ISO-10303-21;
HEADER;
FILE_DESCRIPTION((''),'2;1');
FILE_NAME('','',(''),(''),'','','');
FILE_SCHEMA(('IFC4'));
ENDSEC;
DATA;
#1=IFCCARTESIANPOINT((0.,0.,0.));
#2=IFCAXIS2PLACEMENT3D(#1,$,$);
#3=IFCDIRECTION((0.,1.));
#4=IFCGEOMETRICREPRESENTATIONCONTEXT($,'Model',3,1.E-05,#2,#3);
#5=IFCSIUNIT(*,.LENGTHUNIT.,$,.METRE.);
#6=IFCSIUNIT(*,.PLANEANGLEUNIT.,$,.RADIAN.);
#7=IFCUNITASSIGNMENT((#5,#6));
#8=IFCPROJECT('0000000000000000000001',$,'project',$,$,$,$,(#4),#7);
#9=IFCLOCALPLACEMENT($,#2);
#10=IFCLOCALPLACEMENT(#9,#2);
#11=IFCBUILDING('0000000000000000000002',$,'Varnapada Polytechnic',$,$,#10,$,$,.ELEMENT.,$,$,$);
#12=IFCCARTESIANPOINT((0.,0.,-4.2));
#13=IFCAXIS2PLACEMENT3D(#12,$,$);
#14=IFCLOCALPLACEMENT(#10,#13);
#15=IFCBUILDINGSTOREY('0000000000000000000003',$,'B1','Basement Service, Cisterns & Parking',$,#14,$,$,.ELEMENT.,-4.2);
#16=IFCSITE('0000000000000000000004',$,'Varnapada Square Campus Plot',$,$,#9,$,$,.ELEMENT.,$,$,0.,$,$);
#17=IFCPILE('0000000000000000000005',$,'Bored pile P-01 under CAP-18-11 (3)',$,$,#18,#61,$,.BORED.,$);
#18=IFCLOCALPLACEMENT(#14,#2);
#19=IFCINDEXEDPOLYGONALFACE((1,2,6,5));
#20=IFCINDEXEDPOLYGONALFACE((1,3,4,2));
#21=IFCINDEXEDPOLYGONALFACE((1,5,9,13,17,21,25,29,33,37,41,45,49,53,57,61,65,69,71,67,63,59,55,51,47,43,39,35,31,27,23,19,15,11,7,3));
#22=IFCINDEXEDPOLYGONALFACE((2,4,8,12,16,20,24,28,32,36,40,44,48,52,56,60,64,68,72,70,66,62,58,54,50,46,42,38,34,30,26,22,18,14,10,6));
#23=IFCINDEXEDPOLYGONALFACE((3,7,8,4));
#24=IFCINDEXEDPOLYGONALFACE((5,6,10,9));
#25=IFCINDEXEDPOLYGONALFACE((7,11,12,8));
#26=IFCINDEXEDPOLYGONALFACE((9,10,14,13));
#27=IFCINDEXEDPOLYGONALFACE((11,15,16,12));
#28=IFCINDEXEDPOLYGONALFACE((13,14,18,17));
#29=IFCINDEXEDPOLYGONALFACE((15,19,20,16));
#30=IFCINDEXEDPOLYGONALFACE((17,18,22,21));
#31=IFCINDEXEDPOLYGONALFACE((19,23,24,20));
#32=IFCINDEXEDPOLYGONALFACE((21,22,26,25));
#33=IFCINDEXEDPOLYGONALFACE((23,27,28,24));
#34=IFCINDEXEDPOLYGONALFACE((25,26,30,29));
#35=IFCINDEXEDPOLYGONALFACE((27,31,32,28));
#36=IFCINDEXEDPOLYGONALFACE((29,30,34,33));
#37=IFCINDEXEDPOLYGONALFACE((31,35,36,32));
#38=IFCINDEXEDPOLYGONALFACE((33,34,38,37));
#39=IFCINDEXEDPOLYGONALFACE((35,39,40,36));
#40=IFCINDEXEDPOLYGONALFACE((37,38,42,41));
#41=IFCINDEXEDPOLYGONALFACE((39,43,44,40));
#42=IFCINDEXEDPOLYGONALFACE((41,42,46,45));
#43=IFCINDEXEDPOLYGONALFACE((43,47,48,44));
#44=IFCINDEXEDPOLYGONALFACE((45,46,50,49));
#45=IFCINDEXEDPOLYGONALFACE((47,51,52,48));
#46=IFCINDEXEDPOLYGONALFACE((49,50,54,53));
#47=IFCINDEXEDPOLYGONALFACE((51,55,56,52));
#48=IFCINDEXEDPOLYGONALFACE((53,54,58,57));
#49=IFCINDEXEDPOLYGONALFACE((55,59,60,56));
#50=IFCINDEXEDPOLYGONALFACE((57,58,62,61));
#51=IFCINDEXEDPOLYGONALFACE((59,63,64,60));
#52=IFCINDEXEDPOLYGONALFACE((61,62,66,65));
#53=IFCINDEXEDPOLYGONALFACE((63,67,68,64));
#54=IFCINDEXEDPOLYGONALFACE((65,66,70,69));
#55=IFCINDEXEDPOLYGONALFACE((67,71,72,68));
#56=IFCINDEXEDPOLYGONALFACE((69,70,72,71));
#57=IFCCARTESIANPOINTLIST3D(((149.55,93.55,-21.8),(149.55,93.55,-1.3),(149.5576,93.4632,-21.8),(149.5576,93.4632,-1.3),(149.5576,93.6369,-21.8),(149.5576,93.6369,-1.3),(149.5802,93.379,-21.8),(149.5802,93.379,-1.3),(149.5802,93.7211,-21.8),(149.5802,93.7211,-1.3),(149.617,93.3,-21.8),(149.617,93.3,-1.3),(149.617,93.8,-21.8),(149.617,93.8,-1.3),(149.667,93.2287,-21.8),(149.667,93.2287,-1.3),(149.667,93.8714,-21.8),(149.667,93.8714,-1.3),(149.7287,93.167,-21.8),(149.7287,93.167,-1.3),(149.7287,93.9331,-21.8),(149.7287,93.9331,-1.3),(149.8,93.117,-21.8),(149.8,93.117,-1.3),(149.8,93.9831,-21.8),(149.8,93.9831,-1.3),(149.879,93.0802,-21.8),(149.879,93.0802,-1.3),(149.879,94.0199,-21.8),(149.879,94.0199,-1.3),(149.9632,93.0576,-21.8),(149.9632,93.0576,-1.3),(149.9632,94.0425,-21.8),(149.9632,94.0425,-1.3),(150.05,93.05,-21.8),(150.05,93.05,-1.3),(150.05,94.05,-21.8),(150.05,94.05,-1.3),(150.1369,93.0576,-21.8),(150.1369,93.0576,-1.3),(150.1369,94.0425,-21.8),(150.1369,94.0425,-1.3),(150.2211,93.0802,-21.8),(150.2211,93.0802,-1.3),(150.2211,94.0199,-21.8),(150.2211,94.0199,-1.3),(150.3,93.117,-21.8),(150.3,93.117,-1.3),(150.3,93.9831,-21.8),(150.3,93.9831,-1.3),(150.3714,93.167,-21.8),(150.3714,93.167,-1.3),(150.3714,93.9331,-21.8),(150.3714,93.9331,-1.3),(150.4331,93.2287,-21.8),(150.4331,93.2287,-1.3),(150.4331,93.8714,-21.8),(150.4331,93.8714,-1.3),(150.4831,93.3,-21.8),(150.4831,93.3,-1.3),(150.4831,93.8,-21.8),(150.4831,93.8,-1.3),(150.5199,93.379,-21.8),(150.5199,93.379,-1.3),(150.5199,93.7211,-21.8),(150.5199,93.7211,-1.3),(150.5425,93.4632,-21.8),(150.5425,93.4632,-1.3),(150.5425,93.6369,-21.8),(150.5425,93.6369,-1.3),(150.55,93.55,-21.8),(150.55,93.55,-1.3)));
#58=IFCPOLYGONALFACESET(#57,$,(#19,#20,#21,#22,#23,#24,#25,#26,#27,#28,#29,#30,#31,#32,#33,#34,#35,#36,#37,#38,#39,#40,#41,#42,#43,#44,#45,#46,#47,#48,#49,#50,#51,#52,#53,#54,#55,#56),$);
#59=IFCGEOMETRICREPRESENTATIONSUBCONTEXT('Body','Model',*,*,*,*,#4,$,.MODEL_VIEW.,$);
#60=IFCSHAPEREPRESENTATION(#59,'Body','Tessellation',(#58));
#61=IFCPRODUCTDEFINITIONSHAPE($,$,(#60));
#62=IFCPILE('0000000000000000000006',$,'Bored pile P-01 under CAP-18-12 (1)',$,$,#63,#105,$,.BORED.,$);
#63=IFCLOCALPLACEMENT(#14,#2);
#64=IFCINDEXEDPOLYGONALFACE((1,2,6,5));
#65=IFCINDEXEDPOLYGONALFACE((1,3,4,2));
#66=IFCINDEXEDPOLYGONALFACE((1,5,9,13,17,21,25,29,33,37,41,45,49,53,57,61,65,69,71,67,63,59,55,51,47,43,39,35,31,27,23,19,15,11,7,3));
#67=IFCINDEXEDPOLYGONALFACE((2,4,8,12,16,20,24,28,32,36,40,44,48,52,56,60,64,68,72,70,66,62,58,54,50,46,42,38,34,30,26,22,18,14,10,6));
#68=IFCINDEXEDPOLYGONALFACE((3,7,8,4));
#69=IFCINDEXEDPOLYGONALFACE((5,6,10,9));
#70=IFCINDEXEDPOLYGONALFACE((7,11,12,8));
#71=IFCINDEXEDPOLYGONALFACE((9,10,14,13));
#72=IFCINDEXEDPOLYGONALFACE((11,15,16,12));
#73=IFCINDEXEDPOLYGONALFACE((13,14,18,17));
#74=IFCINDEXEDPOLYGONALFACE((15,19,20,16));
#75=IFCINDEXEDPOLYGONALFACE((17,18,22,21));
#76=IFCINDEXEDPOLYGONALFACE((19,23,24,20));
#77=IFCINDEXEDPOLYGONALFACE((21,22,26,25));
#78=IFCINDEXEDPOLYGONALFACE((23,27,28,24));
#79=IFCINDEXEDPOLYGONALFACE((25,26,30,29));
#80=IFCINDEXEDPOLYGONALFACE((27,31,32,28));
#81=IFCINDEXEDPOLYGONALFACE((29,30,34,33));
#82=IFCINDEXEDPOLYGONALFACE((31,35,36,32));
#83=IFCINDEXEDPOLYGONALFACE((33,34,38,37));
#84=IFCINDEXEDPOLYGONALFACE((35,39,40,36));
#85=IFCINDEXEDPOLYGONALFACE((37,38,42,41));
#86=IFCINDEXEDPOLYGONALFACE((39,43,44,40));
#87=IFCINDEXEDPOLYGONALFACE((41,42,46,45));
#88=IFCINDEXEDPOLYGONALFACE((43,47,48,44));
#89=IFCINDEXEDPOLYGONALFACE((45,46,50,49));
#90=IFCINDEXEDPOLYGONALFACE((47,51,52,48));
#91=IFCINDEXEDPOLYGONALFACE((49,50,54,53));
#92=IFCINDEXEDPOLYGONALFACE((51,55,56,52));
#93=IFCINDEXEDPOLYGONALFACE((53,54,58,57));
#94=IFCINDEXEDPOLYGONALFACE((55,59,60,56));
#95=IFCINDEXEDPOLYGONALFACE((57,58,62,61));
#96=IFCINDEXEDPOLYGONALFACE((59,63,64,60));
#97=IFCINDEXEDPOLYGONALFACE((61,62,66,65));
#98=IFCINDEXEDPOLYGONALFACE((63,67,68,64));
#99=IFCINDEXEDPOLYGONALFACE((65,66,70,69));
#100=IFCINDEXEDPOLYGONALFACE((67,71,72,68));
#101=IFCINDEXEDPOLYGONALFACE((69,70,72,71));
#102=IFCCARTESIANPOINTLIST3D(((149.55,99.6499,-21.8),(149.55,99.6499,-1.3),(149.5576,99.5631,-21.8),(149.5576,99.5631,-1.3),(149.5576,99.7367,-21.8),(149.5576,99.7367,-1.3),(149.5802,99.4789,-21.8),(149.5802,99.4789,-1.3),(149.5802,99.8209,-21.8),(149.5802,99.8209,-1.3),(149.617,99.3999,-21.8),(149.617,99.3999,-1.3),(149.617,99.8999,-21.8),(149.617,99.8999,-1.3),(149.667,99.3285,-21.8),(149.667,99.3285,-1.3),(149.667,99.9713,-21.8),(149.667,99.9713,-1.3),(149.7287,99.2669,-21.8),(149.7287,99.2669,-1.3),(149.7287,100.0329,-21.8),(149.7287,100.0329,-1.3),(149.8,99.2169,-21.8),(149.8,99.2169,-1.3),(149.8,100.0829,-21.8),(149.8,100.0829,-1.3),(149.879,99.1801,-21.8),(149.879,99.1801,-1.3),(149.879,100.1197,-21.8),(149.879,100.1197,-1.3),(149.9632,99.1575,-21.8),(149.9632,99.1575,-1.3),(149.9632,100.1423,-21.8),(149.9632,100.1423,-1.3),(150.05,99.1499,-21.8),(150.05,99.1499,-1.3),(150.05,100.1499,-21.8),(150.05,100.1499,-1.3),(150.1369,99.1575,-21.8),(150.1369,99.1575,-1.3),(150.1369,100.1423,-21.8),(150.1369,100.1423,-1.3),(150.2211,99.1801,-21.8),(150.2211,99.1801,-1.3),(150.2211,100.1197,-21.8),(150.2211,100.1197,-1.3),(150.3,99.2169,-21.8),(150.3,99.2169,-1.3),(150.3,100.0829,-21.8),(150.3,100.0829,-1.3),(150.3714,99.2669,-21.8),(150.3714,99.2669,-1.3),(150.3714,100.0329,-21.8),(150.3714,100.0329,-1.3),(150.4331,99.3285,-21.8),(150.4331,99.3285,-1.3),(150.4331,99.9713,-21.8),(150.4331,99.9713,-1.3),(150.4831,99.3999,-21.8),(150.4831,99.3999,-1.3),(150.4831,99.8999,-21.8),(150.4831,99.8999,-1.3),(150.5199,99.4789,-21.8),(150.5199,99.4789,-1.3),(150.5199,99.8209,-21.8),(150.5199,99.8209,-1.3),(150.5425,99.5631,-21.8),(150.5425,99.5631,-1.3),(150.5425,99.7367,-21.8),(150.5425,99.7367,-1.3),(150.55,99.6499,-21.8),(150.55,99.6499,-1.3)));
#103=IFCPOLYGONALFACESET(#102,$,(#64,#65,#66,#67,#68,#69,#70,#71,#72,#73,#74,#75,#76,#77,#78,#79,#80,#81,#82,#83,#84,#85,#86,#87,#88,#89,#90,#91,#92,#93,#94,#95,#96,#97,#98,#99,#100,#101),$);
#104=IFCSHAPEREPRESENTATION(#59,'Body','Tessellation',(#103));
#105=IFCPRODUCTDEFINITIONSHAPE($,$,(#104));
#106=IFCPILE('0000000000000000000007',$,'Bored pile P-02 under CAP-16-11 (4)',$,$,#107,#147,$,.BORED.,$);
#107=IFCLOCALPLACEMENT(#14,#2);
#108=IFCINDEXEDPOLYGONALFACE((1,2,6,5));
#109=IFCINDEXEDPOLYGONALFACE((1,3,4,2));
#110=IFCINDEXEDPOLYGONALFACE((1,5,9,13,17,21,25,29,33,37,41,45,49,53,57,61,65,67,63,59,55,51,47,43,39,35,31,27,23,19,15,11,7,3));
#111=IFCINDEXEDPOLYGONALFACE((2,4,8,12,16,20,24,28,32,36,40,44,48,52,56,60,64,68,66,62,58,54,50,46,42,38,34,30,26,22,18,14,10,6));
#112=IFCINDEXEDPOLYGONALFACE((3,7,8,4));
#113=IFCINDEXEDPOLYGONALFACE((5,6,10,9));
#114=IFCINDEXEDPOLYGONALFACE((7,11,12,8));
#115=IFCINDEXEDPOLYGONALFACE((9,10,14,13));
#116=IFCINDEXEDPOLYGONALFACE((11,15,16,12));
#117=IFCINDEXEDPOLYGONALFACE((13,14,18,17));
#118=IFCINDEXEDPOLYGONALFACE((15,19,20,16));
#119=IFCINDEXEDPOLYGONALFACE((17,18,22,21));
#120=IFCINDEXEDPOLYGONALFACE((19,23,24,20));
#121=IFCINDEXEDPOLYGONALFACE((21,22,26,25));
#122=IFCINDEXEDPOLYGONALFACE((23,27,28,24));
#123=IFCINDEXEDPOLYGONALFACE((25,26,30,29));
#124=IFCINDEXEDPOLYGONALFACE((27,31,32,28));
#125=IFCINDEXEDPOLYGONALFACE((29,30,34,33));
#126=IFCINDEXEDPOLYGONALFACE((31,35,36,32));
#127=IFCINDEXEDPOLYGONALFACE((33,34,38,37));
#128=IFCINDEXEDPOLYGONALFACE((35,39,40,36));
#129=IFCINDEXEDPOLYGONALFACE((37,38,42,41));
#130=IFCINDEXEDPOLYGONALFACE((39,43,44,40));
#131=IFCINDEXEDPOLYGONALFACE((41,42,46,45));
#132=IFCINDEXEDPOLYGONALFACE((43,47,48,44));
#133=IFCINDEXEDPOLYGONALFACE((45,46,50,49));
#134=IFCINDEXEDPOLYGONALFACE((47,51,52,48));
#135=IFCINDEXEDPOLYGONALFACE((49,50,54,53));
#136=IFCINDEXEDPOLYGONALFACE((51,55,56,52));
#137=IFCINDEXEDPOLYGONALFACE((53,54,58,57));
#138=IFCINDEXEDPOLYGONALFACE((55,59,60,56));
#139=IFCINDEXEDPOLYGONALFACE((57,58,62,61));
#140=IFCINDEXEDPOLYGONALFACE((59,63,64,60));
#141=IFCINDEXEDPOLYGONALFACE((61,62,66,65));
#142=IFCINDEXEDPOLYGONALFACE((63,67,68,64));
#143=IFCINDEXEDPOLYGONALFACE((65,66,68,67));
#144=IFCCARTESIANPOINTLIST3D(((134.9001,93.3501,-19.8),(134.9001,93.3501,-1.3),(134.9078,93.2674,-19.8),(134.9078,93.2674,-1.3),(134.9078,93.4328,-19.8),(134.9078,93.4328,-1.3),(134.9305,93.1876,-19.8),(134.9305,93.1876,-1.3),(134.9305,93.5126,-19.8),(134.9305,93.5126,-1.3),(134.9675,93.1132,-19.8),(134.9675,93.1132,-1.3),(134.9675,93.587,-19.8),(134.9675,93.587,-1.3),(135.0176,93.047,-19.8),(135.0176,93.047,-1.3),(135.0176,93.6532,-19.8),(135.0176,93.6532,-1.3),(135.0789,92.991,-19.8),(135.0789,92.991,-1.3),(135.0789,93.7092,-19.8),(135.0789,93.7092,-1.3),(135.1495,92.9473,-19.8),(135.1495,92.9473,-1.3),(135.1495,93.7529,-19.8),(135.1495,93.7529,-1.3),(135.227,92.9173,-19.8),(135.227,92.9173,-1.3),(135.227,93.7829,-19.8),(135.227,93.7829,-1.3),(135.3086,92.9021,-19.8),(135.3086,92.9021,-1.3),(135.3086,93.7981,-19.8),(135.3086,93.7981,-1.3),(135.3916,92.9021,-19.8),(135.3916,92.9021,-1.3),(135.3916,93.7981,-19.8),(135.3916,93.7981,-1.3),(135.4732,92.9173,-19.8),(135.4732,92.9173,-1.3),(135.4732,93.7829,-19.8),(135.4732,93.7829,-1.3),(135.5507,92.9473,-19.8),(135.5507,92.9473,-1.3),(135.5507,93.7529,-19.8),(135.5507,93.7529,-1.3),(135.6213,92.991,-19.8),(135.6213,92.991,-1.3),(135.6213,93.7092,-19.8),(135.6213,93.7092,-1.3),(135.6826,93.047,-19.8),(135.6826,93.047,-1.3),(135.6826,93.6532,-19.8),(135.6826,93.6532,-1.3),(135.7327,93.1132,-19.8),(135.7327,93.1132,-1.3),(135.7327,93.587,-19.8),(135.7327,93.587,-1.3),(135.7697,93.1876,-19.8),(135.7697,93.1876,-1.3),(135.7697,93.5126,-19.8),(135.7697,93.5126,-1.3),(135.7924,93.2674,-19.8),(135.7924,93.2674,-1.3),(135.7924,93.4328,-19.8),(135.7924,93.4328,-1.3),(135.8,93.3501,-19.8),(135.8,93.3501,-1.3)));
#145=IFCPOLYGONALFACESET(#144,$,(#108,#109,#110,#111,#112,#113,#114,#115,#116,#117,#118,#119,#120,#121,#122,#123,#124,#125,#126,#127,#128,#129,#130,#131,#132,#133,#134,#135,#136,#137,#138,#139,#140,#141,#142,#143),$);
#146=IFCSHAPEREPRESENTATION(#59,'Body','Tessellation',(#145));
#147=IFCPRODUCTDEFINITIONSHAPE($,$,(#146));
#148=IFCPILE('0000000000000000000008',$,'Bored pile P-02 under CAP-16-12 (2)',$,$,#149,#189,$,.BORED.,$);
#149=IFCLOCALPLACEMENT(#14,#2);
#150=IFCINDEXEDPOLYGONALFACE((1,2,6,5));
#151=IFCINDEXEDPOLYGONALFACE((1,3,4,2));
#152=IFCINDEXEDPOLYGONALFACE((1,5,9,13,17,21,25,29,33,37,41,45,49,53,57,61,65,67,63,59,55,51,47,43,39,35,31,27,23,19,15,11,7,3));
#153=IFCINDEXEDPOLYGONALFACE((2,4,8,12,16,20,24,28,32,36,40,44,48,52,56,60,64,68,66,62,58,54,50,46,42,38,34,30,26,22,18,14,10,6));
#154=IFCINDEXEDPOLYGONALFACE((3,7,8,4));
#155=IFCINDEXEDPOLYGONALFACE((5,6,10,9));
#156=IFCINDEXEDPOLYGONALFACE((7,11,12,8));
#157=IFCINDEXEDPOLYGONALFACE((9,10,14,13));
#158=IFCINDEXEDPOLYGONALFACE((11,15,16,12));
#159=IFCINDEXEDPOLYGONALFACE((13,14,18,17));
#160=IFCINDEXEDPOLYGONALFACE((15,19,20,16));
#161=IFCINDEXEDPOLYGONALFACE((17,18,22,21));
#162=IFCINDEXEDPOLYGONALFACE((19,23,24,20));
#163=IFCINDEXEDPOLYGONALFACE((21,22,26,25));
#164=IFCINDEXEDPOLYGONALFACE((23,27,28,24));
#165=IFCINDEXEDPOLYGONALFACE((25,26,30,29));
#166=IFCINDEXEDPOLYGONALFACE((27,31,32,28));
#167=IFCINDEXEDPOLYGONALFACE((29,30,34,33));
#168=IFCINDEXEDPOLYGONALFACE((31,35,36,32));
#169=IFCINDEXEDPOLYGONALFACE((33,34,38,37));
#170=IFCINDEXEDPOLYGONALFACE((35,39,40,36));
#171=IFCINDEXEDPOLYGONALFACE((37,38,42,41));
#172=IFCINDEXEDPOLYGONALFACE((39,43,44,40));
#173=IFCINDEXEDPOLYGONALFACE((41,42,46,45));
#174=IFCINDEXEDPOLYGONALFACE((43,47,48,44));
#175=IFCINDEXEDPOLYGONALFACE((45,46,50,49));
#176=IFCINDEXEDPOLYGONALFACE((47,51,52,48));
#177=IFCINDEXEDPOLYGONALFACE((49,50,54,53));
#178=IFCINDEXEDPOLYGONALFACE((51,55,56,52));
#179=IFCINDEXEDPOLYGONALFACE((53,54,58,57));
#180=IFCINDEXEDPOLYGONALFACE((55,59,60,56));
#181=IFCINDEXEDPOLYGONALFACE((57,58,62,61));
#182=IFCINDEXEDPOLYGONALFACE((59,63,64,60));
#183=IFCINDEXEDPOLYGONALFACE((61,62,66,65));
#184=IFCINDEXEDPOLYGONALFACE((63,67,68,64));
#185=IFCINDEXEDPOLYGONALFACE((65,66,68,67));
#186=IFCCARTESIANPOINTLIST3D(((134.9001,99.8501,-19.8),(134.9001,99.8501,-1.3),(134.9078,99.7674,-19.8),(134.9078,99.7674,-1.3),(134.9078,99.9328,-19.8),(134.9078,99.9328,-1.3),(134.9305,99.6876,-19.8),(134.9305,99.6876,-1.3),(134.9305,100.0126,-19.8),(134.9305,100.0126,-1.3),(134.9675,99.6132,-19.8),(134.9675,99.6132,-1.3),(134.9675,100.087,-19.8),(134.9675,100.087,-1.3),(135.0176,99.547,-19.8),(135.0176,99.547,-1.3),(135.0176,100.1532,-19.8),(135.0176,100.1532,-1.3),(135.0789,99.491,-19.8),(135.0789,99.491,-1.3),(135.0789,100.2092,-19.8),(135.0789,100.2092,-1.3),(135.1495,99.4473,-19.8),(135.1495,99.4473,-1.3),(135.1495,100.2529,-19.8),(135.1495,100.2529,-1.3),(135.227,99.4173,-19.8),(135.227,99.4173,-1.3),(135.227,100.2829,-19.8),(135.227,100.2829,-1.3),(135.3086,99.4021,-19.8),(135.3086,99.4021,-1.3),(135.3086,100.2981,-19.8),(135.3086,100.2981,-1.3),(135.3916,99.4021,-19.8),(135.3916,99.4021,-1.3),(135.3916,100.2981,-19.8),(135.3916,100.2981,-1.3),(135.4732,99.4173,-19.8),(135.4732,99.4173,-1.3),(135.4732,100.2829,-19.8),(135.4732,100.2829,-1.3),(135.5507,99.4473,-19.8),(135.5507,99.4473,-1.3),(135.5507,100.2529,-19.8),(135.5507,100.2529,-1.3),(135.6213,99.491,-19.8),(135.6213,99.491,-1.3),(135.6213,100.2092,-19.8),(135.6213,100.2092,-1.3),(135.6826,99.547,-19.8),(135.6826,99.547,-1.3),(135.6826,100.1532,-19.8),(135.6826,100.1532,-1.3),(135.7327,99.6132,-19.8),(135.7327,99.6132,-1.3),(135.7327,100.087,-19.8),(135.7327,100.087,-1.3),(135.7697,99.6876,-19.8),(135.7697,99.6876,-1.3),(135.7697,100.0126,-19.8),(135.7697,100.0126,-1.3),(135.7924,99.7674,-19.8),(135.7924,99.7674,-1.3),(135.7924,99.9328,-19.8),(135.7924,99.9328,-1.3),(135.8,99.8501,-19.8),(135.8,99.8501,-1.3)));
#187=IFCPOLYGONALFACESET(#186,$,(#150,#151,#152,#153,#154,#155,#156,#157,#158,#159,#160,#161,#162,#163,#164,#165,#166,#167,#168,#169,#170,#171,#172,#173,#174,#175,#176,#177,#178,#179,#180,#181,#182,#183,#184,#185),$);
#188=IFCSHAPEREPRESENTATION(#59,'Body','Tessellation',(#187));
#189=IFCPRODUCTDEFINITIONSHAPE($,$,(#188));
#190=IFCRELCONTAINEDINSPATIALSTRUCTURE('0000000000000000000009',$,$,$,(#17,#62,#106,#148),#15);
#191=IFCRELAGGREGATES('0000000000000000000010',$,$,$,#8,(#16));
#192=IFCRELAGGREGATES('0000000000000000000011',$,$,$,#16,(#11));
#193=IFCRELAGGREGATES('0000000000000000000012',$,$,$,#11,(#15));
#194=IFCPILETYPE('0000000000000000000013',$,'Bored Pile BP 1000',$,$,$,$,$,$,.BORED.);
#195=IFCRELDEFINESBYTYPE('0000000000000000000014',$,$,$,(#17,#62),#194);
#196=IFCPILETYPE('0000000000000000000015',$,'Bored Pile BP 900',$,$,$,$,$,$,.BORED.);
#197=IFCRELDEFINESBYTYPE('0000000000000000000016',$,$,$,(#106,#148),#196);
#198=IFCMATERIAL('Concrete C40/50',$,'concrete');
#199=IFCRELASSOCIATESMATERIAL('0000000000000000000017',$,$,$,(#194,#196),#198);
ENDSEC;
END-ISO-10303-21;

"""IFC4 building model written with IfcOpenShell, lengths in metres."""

from ifc_helpers import new_model, si_unit, direction, frame, origin, origin_2d, place, context, subcontext, project, spatial, circle, extrude, material, material_profile, profile_set, type_object, element, save


model = new_model("IFC4")

# Units and contexts
model_context = context("Model", 3, precision=1e-05, world=origin(), true_north=direction((0.0, 1.0)))
body_context = subcontext(model_context, "Body", "Model", "MODEL_VIEW")
ifc_project = project(units=[si_unit("LENGTHUNIT", "METRE"), si_unit("PLANEANGLEUNIT", "RADIAN")], contexts=[model_context])

# Site, building, storey
site_placement = place(None, origin())
site = spatial("IfcSite", under=ifc_project, at=site_placement, Name="Varnapada Square Campus Plot", CompositionType="ELEMENT", RefElevation=0.0)
building_placement = place(site_placement, origin())
building = spatial("IfcBuilding", under=site, at=building_placement, Name="Varnapada Polytechnic", CompositionType="ELEMENT")
storey_placement = place(building_placement, frame((0.0, 0.0, -4.2)))
storey = spatial("IfcBuildingStorey", under=building, at=storey_placement, Name="B1", Description="Basement Service, Cisterns & Parking", CompositionType="ELEMENT", Elevation=-4.2)

# Piles
ifc_material_1 = material(Name="Concrete C40/50", Category="concrete")
ifc_material_profile_1 = material_profile(ifc_material_1, circle(Radius=0.5, at=origin_2d()), Name="BP 1000")
ifc_profile_set_1 = profile_set([ifc_material_profile_1], Name="Concrete C40/50")
pile_type_1 = type_object("IfcPileType", Name="Bored Pile BP 1000", PredefinedType="BORED", material=ifc_profile_set_1)
for number, where, z_axis, x_axis, name in (
    (1, (150.05, 93.55, -1.3), (0.0, 0.0, -1.0), (1.0, 0.0, 0.0), "Bored pile P-01 under CAP-18-11 (3)"),
    (2, (150.05, 99.6499, -1.3), (0.0, 0.0, -1.0), (1.0, 0.0, 0.0), "Bored pile P-01 under CAP-18-12 (1)"),
):
    element("IfcPile", number, at=place(storey_placement, frame(where, z_axis=z_axis, x_axis=x_axis)), inside=storey, type_object=pile_type_1, Name=name, PredefinedType="BORED", context=body_context, shape_type="SweptSolid", body=[
        extrude(circle(Radius=0.5, at=origin_2d()), origin(), (0.0, 0.0, 1.0), 20.5),
    ])
ifc_material_profile_2 = material_profile(ifc_material_1, circle(Radius=0.45, at=origin_2d()), Name="BP 900")
ifc_profile_set_2 = profile_set([ifc_material_profile_2], Name="Concrete C40/50")
pile_type_2 = type_object("IfcPileType", Name="Bored Pile BP 900", PredefinedType="BORED", material=ifc_profile_set_2)
for number, where, z_axis, x_axis, name in (
    (3, (135.3501, 93.3501, -1.3), (0.0, 0.0, -1.0), (1.0, 0.0, 0.0), "Bored pile P-02 under CAP-16-11 (4)"),
    (4, (135.3501, 99.8501, -1.3), (0.0, 0.0, -1.0), (1.0, 0.0, 0.0), "Bored pile P-02 under CAP-16-12 (2)"),
):
    element("IfcPile", number, at=place(storey_placement, frame(where, z_axis=z_axis, x_axis=x_axis)), inside=storey, type_object=pile_type_2, Name=name, PredefinedType="BORED", context=body_context, shape_type="SweptSolid", body=[
        extrude(circle(Radius=0.45, at=origin_2d()), origin(), (0.0, 0.0, 1.0), 18.5),
    ])

save(model, "model.ifc")
